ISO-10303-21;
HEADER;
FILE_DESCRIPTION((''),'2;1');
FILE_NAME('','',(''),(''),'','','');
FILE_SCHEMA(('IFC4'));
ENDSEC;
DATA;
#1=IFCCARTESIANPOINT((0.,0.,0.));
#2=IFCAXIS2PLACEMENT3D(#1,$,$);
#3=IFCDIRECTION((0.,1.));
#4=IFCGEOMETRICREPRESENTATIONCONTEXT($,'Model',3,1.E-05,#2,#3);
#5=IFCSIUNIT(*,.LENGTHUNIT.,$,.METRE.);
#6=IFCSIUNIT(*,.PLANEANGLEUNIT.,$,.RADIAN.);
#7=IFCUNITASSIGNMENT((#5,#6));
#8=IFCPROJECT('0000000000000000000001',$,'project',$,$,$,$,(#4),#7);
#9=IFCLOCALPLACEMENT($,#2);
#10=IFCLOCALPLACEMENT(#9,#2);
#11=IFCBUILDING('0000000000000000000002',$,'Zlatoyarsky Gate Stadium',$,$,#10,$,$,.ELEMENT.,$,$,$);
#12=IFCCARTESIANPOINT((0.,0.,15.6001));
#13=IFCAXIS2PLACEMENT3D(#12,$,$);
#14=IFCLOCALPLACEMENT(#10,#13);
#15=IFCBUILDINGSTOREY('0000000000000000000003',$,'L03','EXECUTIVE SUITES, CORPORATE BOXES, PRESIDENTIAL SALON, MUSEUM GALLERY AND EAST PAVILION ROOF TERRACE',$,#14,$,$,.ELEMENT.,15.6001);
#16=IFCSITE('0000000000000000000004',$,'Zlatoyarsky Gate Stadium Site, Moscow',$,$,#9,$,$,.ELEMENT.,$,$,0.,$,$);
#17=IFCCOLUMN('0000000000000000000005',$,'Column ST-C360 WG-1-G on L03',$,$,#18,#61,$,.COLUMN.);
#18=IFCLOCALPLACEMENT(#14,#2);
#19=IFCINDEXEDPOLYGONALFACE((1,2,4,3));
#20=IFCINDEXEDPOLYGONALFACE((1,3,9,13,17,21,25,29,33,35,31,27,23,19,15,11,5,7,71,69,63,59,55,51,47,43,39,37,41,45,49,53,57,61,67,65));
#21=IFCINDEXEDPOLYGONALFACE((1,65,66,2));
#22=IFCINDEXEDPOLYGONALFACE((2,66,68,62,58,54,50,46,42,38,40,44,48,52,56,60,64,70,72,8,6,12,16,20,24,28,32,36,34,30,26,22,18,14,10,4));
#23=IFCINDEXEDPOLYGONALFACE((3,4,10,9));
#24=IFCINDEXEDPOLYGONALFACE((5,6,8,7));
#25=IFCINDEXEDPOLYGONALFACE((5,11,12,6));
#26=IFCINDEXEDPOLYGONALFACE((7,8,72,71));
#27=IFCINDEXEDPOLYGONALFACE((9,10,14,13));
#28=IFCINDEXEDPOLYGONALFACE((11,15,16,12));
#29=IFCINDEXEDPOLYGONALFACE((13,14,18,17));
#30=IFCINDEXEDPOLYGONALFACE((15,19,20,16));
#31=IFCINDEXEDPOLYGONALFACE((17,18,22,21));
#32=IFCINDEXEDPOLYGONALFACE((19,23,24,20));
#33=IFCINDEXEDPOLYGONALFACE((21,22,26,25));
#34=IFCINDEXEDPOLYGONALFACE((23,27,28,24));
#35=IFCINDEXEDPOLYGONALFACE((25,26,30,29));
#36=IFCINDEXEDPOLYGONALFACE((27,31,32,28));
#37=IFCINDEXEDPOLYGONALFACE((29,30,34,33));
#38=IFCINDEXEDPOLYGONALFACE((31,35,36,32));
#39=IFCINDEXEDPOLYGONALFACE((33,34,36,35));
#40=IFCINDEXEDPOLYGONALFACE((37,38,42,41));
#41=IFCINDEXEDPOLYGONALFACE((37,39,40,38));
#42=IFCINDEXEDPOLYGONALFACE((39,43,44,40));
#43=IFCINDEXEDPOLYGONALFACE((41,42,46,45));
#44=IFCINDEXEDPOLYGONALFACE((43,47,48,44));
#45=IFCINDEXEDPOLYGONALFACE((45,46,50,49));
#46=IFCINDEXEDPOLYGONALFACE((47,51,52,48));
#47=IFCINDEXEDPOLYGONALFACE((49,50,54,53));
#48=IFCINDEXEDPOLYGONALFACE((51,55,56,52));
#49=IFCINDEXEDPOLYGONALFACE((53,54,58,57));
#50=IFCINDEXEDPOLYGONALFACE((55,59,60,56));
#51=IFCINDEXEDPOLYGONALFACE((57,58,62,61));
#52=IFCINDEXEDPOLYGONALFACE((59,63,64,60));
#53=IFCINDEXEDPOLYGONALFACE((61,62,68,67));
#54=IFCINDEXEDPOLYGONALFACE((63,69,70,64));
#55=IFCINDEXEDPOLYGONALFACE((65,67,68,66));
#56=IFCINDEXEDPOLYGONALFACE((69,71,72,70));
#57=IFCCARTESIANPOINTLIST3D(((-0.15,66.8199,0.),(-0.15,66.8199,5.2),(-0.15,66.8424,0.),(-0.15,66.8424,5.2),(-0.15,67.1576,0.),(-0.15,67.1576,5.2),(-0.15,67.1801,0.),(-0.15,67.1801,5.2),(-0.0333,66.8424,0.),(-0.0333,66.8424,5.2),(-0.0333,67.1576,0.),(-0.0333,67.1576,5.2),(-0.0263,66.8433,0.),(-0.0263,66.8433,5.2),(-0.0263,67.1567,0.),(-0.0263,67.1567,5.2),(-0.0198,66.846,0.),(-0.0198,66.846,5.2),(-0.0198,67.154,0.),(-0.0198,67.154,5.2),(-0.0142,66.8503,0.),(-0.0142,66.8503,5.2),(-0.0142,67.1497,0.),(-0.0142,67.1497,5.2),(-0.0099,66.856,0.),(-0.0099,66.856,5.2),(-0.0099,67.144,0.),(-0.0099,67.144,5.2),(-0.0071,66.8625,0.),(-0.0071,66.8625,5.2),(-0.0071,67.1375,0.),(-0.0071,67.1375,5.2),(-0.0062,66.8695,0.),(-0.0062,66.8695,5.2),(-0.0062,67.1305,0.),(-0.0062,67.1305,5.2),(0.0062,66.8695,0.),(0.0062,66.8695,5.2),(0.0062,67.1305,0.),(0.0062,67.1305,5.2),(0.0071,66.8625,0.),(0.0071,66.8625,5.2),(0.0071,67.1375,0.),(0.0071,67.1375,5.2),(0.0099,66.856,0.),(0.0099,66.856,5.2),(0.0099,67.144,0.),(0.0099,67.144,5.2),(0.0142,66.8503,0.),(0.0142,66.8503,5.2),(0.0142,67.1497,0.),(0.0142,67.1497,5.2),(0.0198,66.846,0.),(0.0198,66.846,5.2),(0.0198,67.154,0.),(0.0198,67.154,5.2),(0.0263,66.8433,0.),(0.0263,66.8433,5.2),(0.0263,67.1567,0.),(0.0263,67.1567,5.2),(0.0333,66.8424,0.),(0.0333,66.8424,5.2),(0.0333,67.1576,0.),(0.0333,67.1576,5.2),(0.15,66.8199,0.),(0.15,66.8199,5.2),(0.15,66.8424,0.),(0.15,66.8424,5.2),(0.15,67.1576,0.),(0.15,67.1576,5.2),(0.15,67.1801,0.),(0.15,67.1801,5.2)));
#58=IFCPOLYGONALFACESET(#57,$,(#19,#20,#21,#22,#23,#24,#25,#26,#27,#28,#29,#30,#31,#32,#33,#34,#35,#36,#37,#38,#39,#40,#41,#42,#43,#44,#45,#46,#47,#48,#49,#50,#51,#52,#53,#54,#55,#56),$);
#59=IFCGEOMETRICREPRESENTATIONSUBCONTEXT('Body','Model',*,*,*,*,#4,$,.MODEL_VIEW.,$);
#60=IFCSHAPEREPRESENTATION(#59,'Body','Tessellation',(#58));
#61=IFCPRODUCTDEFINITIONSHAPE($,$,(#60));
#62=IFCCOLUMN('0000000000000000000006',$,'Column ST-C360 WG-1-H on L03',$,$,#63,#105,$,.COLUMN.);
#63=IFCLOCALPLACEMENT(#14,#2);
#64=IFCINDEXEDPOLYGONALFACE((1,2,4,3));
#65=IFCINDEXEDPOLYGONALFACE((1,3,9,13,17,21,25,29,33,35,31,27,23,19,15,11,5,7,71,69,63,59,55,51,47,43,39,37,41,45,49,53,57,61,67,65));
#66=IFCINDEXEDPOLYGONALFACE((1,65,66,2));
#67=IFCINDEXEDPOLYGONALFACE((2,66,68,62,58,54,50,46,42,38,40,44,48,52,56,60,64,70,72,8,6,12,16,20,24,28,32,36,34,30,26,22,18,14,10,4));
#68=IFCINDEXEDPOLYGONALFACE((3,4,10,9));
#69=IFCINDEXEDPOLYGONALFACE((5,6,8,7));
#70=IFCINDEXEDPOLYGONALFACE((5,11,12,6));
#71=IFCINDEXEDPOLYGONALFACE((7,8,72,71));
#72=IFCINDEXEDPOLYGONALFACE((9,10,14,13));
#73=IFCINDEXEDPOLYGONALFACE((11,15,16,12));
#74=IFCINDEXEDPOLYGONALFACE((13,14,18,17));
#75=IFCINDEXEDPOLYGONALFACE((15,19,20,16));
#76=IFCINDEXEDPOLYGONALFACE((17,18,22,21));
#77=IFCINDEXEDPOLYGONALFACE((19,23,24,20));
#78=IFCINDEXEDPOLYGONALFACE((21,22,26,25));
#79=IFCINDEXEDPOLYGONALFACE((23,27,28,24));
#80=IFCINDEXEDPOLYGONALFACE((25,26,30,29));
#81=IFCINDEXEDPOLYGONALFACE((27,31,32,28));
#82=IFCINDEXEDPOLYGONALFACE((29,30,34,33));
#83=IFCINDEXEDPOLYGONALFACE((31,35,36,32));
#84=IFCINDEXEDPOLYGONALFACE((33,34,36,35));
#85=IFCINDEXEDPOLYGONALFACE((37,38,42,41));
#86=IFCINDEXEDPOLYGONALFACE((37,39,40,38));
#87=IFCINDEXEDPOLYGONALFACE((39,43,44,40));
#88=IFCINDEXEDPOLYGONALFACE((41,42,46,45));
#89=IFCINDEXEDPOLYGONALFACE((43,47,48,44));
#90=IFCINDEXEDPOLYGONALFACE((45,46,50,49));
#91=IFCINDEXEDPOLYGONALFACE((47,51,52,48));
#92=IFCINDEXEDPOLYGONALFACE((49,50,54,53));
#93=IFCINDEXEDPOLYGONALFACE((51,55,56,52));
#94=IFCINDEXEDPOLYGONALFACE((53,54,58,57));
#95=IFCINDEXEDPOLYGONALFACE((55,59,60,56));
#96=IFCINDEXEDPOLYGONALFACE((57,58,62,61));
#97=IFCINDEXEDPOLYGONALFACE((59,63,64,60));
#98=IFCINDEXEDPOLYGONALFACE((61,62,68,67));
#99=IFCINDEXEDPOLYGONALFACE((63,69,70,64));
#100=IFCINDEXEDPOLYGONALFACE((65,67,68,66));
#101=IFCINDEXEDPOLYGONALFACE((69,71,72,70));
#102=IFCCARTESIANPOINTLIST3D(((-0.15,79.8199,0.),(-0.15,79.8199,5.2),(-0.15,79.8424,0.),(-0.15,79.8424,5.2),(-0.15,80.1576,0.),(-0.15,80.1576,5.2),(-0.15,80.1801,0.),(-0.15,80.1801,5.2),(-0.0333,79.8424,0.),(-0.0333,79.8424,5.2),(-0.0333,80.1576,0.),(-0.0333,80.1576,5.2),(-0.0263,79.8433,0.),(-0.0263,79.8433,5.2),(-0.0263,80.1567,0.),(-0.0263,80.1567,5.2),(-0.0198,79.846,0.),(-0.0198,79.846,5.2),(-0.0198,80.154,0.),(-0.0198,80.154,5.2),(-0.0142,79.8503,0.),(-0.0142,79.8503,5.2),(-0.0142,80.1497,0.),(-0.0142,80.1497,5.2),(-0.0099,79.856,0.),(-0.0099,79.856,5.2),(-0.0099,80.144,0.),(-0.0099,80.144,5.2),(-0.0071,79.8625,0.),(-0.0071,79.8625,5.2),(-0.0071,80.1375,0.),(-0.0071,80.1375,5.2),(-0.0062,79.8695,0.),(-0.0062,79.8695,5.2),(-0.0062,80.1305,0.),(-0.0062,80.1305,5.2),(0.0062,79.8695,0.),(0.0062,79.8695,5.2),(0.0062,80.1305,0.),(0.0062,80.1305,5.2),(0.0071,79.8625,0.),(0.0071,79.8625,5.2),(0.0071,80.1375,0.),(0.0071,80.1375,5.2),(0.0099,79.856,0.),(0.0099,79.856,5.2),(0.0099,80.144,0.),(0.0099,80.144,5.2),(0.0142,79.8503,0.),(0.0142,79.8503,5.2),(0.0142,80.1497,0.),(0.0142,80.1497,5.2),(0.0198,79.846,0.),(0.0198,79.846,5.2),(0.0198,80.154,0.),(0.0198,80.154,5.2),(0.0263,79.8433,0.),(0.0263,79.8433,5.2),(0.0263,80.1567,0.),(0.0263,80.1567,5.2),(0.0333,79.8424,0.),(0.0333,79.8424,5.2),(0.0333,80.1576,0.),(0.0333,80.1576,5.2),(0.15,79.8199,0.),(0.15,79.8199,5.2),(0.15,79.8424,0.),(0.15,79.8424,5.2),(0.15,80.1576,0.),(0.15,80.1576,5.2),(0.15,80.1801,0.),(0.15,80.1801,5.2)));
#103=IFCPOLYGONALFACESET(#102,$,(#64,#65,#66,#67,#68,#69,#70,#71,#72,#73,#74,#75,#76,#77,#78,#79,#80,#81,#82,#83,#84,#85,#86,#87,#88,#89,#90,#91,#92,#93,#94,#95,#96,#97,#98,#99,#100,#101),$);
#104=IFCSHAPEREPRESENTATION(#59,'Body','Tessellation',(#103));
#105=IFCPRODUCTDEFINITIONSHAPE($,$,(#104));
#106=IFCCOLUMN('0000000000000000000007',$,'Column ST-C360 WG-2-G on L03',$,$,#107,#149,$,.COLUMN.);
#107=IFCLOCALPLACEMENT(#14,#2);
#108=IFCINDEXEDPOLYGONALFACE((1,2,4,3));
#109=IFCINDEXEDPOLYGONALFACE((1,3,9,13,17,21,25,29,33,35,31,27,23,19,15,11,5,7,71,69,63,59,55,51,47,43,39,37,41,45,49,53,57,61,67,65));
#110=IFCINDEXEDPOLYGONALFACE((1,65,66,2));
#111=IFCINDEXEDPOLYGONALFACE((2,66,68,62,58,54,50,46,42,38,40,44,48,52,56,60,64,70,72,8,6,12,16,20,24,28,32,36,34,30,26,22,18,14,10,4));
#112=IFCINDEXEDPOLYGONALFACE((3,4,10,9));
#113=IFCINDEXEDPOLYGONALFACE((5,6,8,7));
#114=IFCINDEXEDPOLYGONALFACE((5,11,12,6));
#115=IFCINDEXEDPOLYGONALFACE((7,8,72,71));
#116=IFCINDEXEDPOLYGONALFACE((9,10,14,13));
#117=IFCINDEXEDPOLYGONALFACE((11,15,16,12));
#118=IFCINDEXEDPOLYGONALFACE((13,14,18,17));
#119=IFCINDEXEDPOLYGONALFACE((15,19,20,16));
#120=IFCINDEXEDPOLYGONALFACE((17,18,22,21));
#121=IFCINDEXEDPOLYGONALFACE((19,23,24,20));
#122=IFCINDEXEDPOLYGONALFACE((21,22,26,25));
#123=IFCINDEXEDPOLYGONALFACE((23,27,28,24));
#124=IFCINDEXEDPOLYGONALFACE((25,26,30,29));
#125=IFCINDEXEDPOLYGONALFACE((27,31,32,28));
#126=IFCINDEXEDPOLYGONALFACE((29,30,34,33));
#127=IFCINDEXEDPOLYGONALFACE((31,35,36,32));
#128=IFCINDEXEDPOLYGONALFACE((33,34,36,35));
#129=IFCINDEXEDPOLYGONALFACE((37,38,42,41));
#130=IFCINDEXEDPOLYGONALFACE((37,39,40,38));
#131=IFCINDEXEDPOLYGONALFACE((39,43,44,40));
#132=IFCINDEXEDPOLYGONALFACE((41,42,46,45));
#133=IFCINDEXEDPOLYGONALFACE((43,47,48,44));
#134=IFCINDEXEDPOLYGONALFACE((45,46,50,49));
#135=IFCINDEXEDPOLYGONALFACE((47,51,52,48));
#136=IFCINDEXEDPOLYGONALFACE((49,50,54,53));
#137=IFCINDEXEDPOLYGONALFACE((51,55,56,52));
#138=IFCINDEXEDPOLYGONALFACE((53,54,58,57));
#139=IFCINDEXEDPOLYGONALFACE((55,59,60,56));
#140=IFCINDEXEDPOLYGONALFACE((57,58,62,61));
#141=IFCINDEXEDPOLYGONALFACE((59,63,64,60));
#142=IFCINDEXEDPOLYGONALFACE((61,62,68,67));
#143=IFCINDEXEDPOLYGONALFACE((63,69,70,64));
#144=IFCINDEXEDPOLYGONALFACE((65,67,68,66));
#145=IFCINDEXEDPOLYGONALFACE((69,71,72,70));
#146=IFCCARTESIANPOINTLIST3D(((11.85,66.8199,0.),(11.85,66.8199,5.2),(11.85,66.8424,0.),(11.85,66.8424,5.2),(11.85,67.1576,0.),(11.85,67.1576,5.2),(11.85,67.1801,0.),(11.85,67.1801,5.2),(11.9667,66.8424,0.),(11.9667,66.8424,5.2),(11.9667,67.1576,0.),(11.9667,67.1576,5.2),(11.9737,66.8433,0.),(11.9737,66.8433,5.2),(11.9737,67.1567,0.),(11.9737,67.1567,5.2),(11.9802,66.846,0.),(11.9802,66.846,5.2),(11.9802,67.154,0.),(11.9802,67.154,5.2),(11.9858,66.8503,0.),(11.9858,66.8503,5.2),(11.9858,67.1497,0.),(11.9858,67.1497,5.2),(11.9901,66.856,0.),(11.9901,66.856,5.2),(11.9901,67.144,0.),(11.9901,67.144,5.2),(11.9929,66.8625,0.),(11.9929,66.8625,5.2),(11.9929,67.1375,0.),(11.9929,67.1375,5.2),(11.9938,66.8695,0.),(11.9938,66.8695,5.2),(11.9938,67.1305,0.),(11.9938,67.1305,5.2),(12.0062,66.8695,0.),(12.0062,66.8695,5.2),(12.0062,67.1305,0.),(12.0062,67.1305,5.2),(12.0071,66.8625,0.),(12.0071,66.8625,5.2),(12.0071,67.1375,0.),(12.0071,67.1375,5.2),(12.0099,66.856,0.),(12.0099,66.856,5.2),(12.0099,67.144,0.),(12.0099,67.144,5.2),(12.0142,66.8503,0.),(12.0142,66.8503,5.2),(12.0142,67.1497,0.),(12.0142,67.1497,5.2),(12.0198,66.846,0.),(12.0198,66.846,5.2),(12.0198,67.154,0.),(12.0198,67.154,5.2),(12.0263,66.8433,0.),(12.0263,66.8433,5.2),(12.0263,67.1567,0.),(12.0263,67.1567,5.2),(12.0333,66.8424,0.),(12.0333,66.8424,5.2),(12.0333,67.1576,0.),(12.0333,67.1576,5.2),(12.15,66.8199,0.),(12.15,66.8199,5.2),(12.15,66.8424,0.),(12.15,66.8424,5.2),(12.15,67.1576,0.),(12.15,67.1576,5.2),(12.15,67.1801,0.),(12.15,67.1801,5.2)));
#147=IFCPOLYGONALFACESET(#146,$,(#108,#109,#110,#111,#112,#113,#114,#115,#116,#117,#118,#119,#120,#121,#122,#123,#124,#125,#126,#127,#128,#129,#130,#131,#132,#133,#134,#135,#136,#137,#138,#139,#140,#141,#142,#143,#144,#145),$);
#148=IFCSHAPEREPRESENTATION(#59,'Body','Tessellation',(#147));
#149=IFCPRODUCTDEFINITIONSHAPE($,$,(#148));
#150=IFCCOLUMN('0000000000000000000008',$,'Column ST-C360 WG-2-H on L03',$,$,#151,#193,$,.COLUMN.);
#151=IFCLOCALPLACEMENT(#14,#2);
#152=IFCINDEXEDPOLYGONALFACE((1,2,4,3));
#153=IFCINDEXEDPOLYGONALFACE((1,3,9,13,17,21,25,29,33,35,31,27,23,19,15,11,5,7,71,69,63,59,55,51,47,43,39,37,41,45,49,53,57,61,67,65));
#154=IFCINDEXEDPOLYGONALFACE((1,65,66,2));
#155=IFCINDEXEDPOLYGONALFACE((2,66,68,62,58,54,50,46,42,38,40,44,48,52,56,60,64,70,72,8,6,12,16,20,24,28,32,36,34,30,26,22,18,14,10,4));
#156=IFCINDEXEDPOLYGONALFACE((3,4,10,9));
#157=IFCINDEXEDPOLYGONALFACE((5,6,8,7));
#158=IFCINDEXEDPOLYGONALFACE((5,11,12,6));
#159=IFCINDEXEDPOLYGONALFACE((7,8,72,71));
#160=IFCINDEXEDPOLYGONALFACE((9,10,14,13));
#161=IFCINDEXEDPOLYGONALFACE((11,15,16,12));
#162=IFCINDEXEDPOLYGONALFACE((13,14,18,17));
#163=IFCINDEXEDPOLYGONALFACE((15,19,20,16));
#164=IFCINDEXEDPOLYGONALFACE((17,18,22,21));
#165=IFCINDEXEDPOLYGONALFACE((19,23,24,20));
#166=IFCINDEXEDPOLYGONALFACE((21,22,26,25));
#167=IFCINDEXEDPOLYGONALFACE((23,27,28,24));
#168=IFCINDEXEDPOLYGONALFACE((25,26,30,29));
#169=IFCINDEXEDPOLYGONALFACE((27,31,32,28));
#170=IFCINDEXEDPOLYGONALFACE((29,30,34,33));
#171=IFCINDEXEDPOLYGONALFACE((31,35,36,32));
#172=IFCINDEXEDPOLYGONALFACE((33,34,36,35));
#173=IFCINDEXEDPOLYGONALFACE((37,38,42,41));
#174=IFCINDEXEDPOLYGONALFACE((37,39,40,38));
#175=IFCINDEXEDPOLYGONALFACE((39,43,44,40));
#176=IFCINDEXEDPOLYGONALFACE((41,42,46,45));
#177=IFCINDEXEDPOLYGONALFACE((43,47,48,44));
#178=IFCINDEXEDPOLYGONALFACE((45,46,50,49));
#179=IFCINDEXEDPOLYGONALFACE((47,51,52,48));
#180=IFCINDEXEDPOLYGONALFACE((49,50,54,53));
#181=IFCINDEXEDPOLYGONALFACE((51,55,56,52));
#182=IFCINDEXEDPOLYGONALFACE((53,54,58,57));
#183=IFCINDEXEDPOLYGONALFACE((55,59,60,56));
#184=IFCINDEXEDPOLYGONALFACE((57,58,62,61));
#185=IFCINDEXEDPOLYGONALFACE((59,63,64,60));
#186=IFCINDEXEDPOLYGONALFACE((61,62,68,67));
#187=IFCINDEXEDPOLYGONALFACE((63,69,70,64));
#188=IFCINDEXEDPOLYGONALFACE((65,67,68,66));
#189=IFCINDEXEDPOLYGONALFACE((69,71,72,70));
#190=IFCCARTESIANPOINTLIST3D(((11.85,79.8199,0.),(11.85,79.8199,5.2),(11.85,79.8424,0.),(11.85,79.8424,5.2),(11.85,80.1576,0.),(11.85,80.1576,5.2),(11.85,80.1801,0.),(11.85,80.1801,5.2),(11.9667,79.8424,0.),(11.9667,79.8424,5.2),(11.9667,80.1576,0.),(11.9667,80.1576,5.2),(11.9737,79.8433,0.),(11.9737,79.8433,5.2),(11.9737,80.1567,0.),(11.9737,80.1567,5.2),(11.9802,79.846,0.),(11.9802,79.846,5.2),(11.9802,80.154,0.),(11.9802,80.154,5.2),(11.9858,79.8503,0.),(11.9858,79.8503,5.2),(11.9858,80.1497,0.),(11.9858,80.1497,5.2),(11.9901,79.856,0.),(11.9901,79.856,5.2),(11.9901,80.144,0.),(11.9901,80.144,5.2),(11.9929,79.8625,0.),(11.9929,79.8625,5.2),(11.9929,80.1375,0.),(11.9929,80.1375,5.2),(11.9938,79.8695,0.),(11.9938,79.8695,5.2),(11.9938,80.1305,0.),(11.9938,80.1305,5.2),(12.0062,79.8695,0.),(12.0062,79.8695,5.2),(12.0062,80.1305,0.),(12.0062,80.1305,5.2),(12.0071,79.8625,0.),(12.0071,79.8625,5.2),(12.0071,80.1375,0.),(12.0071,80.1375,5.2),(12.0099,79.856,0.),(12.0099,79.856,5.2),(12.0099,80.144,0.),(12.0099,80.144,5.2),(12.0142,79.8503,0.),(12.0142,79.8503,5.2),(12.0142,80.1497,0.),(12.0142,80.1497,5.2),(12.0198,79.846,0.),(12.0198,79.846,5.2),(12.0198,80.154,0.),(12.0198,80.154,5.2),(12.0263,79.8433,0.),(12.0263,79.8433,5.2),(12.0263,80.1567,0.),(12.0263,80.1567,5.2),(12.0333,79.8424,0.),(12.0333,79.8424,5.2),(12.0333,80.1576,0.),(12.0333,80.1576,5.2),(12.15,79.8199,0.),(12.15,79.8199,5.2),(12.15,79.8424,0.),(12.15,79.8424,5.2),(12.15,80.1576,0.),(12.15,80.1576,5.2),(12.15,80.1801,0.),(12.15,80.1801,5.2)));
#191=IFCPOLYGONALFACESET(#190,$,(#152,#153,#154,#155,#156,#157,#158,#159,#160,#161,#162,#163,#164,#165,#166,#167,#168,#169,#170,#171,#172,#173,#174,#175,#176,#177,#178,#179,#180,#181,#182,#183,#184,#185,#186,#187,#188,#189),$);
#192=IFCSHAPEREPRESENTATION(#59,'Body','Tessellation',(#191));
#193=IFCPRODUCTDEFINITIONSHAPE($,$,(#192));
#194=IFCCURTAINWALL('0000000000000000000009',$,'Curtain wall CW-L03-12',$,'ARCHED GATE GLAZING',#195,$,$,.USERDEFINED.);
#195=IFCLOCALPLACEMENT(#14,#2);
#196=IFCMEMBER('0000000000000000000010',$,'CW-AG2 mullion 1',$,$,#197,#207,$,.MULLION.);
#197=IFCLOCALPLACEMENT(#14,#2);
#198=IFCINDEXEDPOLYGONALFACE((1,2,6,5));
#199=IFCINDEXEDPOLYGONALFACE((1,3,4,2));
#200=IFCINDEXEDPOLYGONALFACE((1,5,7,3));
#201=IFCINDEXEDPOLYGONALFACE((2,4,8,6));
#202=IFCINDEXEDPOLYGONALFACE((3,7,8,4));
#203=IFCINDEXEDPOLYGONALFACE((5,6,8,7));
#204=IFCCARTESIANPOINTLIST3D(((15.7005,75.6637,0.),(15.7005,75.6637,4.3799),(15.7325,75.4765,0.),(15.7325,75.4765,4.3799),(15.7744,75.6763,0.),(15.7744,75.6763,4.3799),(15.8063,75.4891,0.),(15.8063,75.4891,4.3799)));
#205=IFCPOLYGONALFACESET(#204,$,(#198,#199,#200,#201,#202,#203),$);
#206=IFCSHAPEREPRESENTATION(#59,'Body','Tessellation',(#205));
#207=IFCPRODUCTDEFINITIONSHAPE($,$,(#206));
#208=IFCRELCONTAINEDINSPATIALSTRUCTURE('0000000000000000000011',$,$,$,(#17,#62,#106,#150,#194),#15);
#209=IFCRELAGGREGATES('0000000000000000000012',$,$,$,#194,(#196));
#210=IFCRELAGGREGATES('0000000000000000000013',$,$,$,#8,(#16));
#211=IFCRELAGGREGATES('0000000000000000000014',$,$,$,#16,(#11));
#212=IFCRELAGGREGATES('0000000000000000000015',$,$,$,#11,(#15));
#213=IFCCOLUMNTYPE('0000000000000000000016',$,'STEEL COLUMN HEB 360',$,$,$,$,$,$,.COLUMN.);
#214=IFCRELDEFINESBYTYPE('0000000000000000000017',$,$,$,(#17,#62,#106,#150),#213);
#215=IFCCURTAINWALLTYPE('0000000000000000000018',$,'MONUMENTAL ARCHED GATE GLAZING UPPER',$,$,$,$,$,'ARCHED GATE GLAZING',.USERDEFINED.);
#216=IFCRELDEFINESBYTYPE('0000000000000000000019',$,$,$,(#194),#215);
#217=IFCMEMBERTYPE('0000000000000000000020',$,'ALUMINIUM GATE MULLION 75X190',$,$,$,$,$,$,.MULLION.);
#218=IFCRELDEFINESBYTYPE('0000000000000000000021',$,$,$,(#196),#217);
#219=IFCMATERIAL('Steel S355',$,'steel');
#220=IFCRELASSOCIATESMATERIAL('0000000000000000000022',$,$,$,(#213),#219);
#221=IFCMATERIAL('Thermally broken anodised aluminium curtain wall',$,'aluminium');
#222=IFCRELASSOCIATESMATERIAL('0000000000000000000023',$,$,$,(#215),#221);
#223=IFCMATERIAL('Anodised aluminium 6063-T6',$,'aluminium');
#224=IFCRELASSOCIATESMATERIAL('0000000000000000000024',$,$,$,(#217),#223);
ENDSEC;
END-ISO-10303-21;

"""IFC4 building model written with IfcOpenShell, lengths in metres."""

from ifc_helpers import new_model, si_unit, direction, frame, origin, origin_2d, place, context, subcontext, project, spatial, rectangle, i_section, extrude, material, material_profile, profile_set, type_object, element, aggregate, save


model = new_model("IFC4")

# Units and contexts
model_context = context("Model", 3, precision=1e-05, world=origin(), true_north=direction((0.0, 1.0)))
body_context = subcontext(model_context, "Body", "Model", "MODEL_VIEW")
ifc_project = project(units=[si_unit("LENGTHUNIT", "METRE"), si_unit("PLANEANGLEUNIT", "RADIAN")], contexts=[model_context])

# Site, building, storey
site_placement = place(None, origin())
site = spatial("IfcSite", under=ifc_project, at=site_placement, Name="Zlatoyarsky Gate Stadium Site, Moscow", CompositionType="ELEMENT", RefElevation=0.0)
building_placement = place(site_placement, origin())
building = spatial("IfcBuilding", under=site, at=building_placement, Name="Zlatoyarsky Gate Stadium", CompositionType="ELEMENT")
storey_placement = place(building_placement, frame((0.0, 0.0, 15.6001)))
storey = spatial("IfcBuildingStorey", under=building, at=storey_placement, Name="L03", Description="EXECUTIVE SUITES, CORPORATE BOXES, PRESIDENTIAL SALON, MUSEUM GALLERY AND EAST PAVILION ROOF TERRACE", CompositionType="ELEMENT", Elevation=15.6001)

# Columns
ifc_material_1 = material(Name="Steel S355", Category="steel")
ifc_material_profile_1 = material_profile(ifc_material_1, i_section(OverallWidth=0.3, OverallDepth=0.3601, WebThickness=0.0125, FlangeThickness=0.0225, FilletRadius=0.0271, at=origin_2d()), Name="HEB 360")
ifc_profile_set_1 = profile_set([ifc_material_profile_1], Name="Steel S355")
column_type = type_object("IfcColumnType", Name="STEEL COLUMN HEB 360", PredefinedType="COLUMN", material=ifc_profile_set_1)
for number, where, z_axis, x_axis, name in (
    (1, (0.0, 67.0, 0.0), (0.0, 0.0, 1.0), (1.0, 0.0, 0.0), "Column ST-C360 WG-1-G on L03"),
    (2, (0.0, 80.0, 0.0), (0.0, 0.0, 1.0), (1.0, 0.0, 0.0), "Column ST-C360 WG-1-H on L03"),
    (3, (12.0, 67.0, 0.0), (0.0, 0.0, 1.0), (1.0, 0.0, 0.0), "Column ST-C360 WG-2-G on L03"),
    (4, (12.0, 80.0, 0.0), (0.0, 0.0, 1.0), (1.0, 0.0, 0.0), "Column ST-C360 WG-2-H on L03"),
):
    element("IfcColumn", number, at=place(storey_placement, frame(where, z_axis=z_axis, x_axis=x_axis)), inside=storey, type_object=column_type, Name=name, PredefinedType="COLUMN", context=body_context, shape_type="SweptSolid", body=[
        extrude(i_section(OverallWidth=0.3, OverallDepth=0.3601, WebThickness=0.0125, FlangeThickness=0.0225, FilletRadius=0.0271, at=origin_2d()), origin(), (0.0, 0.0, 1.0), 5.2),
    ])

# Curtain wall, member
ifc_material_2 = material(Name="Thermally broken anodised aluminium curtain wall", Category="aluminium")
curtain_wall_type_1 = type_object("IfcCurtainWallType", Name="MONUMENTAL ARCHED GATE GLAZING UPPER", ElementType="ARCHED GATE GLAZING", PredefinedType="USERDEFINED", material=ifc_material_2)
curtain_wall_1_placement = place(storey_placement, origin())
curtain_wall_1 = element("IfcCurtainWall", 5, at=curtain_wall_1_placement, inside=storey, type_object=curtain_wall_type_1, Name="Curtain wall CW-L03-12", ObjectType="ARCHED GATE GLAZING", PredefinedType="USERDEFINED")
ifc_material_3 = material(Name="Anodised aluminium 6063-T6", Category="aluminium")
ifc_material_profile_2 = material_profile(ifc_material_3, rectangle(XDim=0.075, YDim=0.1899, at=origin_2d()), Name="ALU 75X190")
ifc_profile_set_2 = profile_set([ifc_material_profile_2], Name="Anodised aluminium 6063-T6")
member_type_1 = type_object("IfcMemberType", Name="ALUMINIUM GATE MULLION 75X190", PredefinedType="MULLION", material=ifc_profile_set_2)
member_1_placement = place(storey_placement, frame((15.7534, 75.5764, 0.0), z_axis=(0.0, 0.0, 1.0), x_axis=(0.985727, 0.168354, 0.0)))
member_1 = element("IfcMember", 6, at=member_1_placement, type_object=member_type_1, Name="CW-AG2 mullion 1", PredefinedType="MULLION", context=body_context, shape_type="SweptSolid", body=[
    extrude(rectangle(XDim=0.075, YDim=0.1899, at=origin_2d()), origin(), (0.0, 0.0, 1.0), 4.3799),
])

aggregate(curtain_wall_1, [member_1])

save(model, "model.ifc")
